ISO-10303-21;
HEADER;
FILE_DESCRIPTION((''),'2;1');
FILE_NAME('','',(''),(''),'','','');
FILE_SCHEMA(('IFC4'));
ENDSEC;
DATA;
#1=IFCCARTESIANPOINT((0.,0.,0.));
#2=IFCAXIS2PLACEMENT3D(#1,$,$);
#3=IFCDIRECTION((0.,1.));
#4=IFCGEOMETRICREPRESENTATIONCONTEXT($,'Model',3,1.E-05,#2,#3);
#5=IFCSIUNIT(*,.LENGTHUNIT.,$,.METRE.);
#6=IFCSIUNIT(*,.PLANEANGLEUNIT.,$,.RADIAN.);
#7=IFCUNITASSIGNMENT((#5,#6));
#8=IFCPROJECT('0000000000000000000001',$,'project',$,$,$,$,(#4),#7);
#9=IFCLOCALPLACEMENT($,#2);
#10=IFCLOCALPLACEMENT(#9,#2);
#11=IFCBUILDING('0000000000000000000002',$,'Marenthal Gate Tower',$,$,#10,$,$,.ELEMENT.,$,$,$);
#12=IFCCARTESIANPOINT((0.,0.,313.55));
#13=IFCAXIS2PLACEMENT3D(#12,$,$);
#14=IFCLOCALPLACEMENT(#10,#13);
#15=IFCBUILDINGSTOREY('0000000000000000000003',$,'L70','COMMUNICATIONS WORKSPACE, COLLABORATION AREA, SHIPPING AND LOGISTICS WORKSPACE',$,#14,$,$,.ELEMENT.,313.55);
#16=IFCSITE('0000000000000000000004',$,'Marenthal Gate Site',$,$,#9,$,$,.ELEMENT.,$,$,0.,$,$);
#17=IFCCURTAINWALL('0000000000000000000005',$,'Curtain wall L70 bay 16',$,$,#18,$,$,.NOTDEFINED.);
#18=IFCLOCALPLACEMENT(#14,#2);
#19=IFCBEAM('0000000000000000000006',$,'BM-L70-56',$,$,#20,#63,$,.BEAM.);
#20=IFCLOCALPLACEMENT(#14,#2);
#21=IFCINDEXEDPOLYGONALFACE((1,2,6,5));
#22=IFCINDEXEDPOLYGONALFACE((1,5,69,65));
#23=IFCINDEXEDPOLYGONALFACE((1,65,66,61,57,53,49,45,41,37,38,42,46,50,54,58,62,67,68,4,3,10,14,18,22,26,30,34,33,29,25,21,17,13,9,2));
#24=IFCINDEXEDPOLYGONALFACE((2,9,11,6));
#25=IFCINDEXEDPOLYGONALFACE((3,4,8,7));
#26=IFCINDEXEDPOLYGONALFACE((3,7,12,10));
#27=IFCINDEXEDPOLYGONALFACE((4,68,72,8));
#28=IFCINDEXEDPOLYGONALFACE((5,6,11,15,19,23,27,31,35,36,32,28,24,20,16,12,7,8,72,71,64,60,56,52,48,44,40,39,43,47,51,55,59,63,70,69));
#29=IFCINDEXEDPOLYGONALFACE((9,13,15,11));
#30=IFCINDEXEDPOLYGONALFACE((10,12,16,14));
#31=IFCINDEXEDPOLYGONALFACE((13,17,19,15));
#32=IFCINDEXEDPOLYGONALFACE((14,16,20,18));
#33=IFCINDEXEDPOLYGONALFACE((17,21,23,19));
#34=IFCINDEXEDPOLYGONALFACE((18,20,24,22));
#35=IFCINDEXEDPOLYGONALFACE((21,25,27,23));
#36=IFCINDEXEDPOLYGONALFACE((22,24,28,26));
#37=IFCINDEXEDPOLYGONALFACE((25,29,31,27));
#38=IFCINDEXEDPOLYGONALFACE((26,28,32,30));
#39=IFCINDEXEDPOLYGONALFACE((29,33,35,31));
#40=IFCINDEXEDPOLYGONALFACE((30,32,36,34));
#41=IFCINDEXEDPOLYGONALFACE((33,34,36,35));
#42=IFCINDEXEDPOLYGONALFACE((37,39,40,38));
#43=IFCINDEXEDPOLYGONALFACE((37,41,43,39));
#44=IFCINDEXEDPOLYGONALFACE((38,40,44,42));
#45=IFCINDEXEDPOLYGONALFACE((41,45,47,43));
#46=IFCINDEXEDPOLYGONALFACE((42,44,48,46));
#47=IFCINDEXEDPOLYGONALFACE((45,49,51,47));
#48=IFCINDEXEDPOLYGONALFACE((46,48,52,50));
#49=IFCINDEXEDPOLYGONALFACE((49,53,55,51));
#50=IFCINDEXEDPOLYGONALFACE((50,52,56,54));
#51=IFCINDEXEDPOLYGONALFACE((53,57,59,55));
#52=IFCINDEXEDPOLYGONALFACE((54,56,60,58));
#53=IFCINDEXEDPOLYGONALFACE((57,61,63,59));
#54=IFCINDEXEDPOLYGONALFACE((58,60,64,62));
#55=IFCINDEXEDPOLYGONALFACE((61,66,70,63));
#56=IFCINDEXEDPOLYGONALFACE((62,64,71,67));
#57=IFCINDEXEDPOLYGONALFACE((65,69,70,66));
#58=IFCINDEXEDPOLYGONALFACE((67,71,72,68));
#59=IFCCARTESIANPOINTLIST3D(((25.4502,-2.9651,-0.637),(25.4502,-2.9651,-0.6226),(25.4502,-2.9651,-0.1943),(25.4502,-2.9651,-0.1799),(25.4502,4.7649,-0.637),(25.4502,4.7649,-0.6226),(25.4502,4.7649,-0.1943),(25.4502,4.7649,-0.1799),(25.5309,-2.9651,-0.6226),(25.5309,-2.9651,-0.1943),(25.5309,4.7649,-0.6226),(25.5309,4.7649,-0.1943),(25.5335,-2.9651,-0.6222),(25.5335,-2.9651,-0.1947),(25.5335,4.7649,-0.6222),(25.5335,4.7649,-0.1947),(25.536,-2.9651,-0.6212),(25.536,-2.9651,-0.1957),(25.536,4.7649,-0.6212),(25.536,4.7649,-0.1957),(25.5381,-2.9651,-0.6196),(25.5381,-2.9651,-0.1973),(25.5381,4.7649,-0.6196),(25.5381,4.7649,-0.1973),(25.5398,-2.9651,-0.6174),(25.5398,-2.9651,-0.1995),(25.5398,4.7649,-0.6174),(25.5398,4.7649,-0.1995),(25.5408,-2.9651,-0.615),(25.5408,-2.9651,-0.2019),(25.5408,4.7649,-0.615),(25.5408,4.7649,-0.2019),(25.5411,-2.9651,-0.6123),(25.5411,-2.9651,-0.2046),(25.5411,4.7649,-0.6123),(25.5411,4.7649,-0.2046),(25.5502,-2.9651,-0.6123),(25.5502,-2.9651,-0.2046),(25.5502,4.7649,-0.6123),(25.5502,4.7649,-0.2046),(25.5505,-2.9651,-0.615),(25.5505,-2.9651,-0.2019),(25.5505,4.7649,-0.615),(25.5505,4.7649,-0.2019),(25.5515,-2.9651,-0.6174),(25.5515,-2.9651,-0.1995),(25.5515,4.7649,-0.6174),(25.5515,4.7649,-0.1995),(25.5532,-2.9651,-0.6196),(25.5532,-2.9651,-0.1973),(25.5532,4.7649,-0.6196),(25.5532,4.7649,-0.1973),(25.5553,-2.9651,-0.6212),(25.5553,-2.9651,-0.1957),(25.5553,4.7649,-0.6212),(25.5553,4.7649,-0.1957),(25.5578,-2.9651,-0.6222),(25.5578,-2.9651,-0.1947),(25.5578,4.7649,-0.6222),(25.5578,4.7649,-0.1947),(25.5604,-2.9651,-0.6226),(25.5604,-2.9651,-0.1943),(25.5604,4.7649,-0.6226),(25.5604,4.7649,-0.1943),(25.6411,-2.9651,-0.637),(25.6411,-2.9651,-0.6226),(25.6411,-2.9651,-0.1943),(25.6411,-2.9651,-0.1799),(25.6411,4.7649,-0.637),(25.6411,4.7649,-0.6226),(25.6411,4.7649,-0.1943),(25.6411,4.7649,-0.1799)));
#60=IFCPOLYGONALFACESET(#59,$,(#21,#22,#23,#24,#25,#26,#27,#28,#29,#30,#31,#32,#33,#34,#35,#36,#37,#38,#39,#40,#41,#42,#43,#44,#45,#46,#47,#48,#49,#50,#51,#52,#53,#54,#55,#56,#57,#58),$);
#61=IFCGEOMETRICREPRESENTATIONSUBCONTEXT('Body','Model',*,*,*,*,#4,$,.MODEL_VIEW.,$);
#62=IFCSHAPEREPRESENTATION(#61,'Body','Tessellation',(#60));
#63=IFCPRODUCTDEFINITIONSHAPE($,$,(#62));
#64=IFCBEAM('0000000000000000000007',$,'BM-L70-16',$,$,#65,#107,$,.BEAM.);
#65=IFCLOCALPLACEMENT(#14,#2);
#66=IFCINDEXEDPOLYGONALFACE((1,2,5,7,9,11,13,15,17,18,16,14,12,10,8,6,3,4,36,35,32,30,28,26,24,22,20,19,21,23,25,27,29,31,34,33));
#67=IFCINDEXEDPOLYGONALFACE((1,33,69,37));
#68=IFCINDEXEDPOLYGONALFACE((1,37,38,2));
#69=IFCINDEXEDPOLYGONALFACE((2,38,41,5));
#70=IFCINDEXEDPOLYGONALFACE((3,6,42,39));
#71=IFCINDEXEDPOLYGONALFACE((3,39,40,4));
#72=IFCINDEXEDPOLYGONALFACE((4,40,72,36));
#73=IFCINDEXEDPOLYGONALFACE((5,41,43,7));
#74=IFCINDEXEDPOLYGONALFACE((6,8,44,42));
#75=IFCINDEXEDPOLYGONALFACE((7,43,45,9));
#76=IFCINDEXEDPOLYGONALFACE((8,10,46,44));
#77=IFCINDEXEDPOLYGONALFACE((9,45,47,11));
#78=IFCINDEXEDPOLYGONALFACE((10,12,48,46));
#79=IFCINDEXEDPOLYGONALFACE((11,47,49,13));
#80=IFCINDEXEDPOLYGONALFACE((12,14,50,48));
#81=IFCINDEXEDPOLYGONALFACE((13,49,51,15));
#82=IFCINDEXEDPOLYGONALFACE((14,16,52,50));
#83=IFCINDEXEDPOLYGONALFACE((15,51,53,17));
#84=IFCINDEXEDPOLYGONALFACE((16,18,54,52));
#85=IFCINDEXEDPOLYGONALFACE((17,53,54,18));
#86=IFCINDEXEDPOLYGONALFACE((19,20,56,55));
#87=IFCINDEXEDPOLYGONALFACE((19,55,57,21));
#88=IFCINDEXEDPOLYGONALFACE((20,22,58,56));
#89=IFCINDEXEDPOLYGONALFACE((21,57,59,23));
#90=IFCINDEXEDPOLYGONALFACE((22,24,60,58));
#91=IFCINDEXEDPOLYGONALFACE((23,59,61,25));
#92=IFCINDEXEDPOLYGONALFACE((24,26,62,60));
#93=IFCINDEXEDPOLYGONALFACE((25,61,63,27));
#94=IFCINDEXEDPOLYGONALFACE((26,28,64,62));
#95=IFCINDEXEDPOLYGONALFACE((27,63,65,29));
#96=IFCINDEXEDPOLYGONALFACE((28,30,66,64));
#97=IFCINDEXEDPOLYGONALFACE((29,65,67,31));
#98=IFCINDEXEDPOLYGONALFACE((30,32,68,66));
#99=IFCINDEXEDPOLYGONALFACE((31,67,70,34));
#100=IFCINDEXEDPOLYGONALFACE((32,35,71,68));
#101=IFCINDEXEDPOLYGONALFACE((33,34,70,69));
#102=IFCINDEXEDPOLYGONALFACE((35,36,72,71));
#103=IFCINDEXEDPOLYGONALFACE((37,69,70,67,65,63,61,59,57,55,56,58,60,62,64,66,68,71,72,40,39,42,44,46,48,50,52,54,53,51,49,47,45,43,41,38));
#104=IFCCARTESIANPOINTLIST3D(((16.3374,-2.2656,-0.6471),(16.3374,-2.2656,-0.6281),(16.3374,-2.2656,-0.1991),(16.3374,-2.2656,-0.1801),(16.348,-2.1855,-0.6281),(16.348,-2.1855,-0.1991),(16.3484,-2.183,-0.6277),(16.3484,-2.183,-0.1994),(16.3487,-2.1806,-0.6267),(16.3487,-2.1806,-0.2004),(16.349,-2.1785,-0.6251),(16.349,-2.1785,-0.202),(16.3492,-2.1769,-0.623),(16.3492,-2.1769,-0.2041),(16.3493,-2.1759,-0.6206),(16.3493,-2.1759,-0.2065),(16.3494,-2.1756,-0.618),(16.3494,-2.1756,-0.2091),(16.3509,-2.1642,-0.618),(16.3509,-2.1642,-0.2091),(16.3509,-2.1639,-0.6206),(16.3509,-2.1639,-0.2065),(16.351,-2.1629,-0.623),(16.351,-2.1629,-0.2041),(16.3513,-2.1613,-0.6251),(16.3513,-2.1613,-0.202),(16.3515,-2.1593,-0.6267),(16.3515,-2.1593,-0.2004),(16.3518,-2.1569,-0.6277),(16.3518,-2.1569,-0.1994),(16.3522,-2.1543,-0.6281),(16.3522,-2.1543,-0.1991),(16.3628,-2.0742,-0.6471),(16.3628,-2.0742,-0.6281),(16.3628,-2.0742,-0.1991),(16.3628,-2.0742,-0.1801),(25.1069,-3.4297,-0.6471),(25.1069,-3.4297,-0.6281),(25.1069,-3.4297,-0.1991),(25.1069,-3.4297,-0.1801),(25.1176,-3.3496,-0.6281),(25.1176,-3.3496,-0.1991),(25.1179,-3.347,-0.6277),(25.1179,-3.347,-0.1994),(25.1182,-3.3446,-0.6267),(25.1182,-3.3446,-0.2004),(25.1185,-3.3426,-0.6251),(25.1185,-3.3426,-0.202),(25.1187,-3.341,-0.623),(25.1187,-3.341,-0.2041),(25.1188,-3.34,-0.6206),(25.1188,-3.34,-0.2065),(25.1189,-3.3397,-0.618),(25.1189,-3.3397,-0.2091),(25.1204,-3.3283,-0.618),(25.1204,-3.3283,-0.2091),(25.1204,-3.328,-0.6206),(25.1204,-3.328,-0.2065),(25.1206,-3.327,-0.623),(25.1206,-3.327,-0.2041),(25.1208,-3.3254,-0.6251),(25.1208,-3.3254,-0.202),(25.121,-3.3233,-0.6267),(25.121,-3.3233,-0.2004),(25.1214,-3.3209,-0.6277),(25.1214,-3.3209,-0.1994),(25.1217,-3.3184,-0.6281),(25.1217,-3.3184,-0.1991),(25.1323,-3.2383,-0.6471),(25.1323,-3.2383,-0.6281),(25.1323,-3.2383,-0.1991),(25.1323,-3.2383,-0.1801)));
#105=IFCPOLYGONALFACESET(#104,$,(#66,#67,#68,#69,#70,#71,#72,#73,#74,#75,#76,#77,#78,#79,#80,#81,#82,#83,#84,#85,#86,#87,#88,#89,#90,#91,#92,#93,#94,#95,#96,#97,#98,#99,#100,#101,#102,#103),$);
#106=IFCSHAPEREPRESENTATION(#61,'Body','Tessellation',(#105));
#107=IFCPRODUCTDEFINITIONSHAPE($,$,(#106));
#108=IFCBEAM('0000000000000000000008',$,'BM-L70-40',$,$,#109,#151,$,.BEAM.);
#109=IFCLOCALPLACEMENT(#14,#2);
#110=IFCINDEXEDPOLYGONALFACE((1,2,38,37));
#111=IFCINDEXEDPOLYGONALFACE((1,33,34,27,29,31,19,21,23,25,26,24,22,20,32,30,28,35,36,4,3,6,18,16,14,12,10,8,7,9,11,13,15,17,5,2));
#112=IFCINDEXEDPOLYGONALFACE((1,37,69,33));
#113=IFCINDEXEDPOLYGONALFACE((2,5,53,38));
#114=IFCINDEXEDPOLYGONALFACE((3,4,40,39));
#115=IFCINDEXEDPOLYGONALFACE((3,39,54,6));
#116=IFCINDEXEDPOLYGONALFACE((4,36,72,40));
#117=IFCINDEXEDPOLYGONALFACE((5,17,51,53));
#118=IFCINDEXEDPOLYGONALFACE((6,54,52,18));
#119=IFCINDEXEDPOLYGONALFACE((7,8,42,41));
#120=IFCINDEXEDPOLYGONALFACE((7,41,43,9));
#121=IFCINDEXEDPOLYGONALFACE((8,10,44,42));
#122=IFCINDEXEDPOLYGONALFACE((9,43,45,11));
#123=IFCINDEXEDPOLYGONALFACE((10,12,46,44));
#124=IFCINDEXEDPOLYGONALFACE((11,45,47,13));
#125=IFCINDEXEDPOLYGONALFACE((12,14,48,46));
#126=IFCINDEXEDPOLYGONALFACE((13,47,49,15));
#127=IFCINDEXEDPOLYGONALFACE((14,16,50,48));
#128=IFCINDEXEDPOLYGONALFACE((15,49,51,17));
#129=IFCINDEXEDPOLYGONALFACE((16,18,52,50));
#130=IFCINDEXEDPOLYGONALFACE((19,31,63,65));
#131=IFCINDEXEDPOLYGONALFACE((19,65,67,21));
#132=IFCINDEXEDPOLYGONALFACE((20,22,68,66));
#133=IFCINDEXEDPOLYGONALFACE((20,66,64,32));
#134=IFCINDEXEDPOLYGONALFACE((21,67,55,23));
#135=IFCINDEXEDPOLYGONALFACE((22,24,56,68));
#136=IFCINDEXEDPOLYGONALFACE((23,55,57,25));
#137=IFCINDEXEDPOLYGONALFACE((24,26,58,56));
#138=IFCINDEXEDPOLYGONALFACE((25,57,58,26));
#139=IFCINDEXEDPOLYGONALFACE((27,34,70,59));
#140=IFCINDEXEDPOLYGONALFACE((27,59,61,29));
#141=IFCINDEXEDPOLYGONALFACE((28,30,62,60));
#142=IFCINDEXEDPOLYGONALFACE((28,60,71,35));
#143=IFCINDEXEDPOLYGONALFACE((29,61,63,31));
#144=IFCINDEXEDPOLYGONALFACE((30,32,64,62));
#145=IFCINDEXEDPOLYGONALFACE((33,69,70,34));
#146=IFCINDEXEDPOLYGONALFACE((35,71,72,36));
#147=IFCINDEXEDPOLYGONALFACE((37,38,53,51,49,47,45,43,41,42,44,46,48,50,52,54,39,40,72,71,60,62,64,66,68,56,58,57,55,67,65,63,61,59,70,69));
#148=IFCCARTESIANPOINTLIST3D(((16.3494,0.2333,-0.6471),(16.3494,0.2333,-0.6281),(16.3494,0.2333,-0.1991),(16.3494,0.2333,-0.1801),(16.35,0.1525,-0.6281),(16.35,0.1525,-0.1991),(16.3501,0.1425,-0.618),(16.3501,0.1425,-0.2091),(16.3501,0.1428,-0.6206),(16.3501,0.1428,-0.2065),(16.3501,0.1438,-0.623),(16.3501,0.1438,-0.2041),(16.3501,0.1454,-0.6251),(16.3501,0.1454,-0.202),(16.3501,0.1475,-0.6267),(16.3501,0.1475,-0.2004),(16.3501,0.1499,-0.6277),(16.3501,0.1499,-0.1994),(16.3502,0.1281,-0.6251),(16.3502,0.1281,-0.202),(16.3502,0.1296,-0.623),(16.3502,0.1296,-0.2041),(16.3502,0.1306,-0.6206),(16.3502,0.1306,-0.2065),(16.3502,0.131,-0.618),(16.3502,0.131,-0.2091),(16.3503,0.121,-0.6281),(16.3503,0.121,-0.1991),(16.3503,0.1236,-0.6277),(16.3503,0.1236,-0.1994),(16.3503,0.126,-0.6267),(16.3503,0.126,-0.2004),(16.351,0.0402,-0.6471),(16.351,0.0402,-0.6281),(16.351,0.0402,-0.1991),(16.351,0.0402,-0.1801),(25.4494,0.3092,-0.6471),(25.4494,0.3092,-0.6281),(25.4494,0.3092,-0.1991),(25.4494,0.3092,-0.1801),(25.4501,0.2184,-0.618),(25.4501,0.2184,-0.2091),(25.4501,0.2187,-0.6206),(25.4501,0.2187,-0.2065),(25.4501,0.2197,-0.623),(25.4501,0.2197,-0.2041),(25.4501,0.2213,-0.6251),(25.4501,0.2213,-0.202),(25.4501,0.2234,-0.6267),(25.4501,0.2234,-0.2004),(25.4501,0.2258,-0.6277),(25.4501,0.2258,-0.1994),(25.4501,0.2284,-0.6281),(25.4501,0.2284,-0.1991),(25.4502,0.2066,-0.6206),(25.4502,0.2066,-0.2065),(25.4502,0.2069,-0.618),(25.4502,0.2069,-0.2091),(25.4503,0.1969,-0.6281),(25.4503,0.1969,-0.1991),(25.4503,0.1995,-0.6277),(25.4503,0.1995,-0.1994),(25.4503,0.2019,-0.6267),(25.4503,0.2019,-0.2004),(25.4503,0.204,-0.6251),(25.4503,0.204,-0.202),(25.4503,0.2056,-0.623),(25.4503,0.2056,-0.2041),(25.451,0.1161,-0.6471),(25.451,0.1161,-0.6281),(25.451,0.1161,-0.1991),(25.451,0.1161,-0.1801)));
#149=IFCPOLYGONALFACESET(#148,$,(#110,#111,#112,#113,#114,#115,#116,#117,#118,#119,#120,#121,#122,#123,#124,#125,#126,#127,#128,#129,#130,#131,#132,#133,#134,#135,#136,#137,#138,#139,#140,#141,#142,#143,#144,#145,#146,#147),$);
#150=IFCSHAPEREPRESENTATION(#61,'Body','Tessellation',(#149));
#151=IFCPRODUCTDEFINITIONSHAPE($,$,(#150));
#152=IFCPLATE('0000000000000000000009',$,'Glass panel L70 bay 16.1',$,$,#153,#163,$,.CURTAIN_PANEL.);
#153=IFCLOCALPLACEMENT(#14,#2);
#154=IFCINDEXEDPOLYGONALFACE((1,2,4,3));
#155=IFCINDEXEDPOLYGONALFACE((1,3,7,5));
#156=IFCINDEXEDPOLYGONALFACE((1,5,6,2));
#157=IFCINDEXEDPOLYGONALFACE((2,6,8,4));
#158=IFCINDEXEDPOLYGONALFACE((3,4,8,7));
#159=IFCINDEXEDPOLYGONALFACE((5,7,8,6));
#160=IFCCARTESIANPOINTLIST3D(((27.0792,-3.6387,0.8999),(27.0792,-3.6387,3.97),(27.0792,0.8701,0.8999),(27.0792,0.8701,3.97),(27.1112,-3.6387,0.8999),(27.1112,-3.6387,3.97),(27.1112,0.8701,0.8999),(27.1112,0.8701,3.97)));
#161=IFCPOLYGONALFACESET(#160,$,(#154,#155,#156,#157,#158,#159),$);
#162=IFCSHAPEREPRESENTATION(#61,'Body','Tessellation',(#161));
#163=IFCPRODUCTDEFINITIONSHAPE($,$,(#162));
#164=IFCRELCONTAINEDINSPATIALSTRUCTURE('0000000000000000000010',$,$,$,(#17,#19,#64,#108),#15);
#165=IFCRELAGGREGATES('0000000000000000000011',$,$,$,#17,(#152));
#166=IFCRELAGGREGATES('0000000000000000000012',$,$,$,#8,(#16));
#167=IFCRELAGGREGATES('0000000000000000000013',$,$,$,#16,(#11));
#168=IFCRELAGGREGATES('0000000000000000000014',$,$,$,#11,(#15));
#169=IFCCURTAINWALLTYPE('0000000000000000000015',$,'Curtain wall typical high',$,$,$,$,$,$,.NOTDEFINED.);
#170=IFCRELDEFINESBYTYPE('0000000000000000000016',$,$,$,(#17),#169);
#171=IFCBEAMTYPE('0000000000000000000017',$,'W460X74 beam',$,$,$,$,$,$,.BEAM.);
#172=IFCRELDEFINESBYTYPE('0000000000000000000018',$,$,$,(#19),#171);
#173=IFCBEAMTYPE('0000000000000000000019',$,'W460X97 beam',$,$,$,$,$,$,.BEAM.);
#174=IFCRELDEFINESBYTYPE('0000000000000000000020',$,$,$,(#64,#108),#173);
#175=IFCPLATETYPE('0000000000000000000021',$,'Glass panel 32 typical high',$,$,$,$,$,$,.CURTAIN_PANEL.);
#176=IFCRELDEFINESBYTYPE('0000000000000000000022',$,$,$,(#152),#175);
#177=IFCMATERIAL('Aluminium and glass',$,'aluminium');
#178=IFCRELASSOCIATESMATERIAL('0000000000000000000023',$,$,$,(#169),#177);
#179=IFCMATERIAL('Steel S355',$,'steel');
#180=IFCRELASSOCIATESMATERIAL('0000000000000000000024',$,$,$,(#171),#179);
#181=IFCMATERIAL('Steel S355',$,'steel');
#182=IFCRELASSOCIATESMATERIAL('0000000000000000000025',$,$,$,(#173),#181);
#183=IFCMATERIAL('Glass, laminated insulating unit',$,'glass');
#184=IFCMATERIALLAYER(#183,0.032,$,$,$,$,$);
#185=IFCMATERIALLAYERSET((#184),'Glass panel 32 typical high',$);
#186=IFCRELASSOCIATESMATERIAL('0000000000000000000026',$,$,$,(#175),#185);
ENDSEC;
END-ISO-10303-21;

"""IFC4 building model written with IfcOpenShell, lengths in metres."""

from ifc_helpers import new_model, si_unit, direction, frame, origin, origin_2d, place, context, subcontext, project, spatial, rectangle, i_section, extrude, material, layer, layer_set, material_profile, profile_set, type_object, element, aggregate, save


model = new_model("IFC4")

# Units and contexts
model_context = context("Model", 3, precision=1e-05, world=origin(), true_north=direction((0.0, 1.0)))
body_context = subcontext(model_context, "Body", "Model", "MODEL_VIEW")
ifc_project = project(units=[si_unit("LENGTHUNIT", "METRE"), si_unit("PLANEANGLEUNIT", "RADIAN")], contexts=[model_context])

# Site, building, storey
site_placement = place(None, origin())
site = spatial("IfcSite", under=ifc_project, at=site_placement, Name="Marenthal Gate Site", CompositionType="ELEMENT", RefElevation=0.0)
building_placement = place(site_placement, origin())
building = spatial("IfcBuilding", under=site, at=building_placement, Name="Marenthal Gate Tower", CompositionType="ELEMENT")
storey_placement = place(building_placement, frame((0.0, 0.0, 313.55)))
storey = spatial("IfcBuildingStorey", under=building, at=storey_placement, Name="L70", Description="COMMUNICATIONS WORKSPACE, COLLABORATION AREA, SHIPPING AND LOGISTICS WORKSPACE", CompositionType="ELEMENT", Elevation=313.55)

# Curtain wall
ifc_material_1 = material(Name="Aluminium and glass", Category="aluminium")
curtain_wall_type = type_object("IfcCurtainWallType", Name="Curtain wall typical high", PredefinedType="NOTDEFINED", material=ifc_material_1)
curtain_wall_placement = place(storey_placement, origin())
curtain_wall = element("IfcCurtainWall", 1, at=curtain_wall_placement, inside=storey, type_object=curtain_wall_type, Name="Curtain wall L70 bay 16", PredefinedType="NOTDEFINED")

# Beams
ifc_material_2 = material(Name="Steel S355", Category="steel")
ifc_material_profile_1 = material_profile(ifc_material_2, i_section(OverallWidth=0.1909, OverallDepth=0.457, WebThickness=0.009, FlangeThickness=0.0144, FilletRadius=0.0103, at=origin_2d()), Name="W460X74")
ifc_profile_set_1 = profile_set([ifc_material_profile_1], Name="Steel S355")
beam_type_1 = type_object("IfcBeamType", Name="W460X74 beam", PredefinedType="BEAM", material=ifc_profile_set_1)
beam_1_placement = place(storey_placement, frame((25.5457, -2.9651, -0.4084), z_axis=(0.0, 1.0, 0.0), x_axis=(-1.0, 0.0, 0.0)))
element("IfcBeam", 2, at=beam_1_placement, inside=storey, type_object=beam_type_1, Name="BM-L70-56", PredefinedType="BEAM", context=body_context, shape_type="SweptSolid", body=[
    extrude(i_section(OverallWidth=0.1909, OverallDepth=0.457, WebThickness=0.009, FlangeThickness=0.0144, FilletRadius=0.0103, at=origin_2d()), origin(), (0.0, 0.0, 1.0), 7.73),
])
ifc_material_3 = material(Name="Steel S355", Category="steel")
ifc_material_profile_2 = material_profile(ifc_material_3, i_section(OverallWidth=0.1931, OverallDepth=0.467, WebThickness=0.0115, FlangeThickness=0.019, FilletRadius=0.01, at=origin_2d()), Name="W460X97")
ifc_profile_set_2 = profile_set([ifc_material_profile_2], Name="Steel S355")
beam_type_2 = type_object("IfcBeamType", Name="W460X97 beam", PredefinedType="BEAM", material=ifc_profile_set_2)
beam_2_placement = place(storey_placement, frame((25.1196, -3.334, -0.4136), z_axis=(-0.991305, 0.131585, 0.0), x_axis=(-0.131585, -0.991305, 0.0)))
element("IfcBeam", 3, at=beam_2_placement, inside=storey, type_object=beam_type_2, Name="BM-L70-16", PredefinedType="BEAM", context=body_context, shape_type="SweptSolid", body=[
    extrude(i_section(OverallWidth=0.1931, OverallDepth=0.467, WebThickness=0.0115, FlangeThickness=0.019, FilletRadius=0.01, at=origin_2d()), origin(), (0.0, 0.0, 1.0), 8.8464),
])
beam_3_placement = place(storey_placement, frame((25.4502, 0.2126, -0.4136), z_axis=(-0.999965, -0.008343, 0.0), x_axis=(0.008343, -0.999965, 0.0)))
element("IfcBeam", 4, at=beam_3_placement, inside=storey, type_object=beam_type_2, Name="BM-L70-40", PredefinedType="BEAM", context=body_context, shape_type="SweptSolid", body=[
    extrude(i_section(OverallWidth=0.1931, OverallDepth=0.467, WebThickness=0.0115, FlangeThickness=0.019, FilletRadius=0.01, at=origin_2d()), origin(), (0.0, 0.0, 1.0), 9.1003),
])

# Plate
ifc_material_4 = material(Name="Glass, laminated insulating unit", Category="glass")
ifc_layer_1 = layer(ifc_material_4, 0.032)
ifc_layer_set_1 = layer_set([ifc_layer_1], Name="Glass panel 32 typical high")
plate_type = type_object("IfcPlateType", Name="Glass panel 32 typical high", PredefinedType="CURTAIN_PANEL", material=ifc_layer_set_1)
plate_placement = place(storey_placement, frame((27.0952, -1.3843, 0.8999), z_axis=(0.0, 0.0, 1.0), x_axis=(0.0, 1.0, 0.0)))
plate = element("IfcPlate", 5, at=plate_placement, type_object=plate_type, Name="Glass panel L70 bay 16.1", PredefinedType="CURTAIN_PANEL", context=body_context, shape_type="SweptSolid", body=[
    extrude(rectangle(XDim=4.5088, YDim=0.032, at=origin_2d()), origin(), (0.0, 0.0, 1.0), 3.0701),
])
aggregate(curtain_wall, [plate])

save(model, "model.ifc")
